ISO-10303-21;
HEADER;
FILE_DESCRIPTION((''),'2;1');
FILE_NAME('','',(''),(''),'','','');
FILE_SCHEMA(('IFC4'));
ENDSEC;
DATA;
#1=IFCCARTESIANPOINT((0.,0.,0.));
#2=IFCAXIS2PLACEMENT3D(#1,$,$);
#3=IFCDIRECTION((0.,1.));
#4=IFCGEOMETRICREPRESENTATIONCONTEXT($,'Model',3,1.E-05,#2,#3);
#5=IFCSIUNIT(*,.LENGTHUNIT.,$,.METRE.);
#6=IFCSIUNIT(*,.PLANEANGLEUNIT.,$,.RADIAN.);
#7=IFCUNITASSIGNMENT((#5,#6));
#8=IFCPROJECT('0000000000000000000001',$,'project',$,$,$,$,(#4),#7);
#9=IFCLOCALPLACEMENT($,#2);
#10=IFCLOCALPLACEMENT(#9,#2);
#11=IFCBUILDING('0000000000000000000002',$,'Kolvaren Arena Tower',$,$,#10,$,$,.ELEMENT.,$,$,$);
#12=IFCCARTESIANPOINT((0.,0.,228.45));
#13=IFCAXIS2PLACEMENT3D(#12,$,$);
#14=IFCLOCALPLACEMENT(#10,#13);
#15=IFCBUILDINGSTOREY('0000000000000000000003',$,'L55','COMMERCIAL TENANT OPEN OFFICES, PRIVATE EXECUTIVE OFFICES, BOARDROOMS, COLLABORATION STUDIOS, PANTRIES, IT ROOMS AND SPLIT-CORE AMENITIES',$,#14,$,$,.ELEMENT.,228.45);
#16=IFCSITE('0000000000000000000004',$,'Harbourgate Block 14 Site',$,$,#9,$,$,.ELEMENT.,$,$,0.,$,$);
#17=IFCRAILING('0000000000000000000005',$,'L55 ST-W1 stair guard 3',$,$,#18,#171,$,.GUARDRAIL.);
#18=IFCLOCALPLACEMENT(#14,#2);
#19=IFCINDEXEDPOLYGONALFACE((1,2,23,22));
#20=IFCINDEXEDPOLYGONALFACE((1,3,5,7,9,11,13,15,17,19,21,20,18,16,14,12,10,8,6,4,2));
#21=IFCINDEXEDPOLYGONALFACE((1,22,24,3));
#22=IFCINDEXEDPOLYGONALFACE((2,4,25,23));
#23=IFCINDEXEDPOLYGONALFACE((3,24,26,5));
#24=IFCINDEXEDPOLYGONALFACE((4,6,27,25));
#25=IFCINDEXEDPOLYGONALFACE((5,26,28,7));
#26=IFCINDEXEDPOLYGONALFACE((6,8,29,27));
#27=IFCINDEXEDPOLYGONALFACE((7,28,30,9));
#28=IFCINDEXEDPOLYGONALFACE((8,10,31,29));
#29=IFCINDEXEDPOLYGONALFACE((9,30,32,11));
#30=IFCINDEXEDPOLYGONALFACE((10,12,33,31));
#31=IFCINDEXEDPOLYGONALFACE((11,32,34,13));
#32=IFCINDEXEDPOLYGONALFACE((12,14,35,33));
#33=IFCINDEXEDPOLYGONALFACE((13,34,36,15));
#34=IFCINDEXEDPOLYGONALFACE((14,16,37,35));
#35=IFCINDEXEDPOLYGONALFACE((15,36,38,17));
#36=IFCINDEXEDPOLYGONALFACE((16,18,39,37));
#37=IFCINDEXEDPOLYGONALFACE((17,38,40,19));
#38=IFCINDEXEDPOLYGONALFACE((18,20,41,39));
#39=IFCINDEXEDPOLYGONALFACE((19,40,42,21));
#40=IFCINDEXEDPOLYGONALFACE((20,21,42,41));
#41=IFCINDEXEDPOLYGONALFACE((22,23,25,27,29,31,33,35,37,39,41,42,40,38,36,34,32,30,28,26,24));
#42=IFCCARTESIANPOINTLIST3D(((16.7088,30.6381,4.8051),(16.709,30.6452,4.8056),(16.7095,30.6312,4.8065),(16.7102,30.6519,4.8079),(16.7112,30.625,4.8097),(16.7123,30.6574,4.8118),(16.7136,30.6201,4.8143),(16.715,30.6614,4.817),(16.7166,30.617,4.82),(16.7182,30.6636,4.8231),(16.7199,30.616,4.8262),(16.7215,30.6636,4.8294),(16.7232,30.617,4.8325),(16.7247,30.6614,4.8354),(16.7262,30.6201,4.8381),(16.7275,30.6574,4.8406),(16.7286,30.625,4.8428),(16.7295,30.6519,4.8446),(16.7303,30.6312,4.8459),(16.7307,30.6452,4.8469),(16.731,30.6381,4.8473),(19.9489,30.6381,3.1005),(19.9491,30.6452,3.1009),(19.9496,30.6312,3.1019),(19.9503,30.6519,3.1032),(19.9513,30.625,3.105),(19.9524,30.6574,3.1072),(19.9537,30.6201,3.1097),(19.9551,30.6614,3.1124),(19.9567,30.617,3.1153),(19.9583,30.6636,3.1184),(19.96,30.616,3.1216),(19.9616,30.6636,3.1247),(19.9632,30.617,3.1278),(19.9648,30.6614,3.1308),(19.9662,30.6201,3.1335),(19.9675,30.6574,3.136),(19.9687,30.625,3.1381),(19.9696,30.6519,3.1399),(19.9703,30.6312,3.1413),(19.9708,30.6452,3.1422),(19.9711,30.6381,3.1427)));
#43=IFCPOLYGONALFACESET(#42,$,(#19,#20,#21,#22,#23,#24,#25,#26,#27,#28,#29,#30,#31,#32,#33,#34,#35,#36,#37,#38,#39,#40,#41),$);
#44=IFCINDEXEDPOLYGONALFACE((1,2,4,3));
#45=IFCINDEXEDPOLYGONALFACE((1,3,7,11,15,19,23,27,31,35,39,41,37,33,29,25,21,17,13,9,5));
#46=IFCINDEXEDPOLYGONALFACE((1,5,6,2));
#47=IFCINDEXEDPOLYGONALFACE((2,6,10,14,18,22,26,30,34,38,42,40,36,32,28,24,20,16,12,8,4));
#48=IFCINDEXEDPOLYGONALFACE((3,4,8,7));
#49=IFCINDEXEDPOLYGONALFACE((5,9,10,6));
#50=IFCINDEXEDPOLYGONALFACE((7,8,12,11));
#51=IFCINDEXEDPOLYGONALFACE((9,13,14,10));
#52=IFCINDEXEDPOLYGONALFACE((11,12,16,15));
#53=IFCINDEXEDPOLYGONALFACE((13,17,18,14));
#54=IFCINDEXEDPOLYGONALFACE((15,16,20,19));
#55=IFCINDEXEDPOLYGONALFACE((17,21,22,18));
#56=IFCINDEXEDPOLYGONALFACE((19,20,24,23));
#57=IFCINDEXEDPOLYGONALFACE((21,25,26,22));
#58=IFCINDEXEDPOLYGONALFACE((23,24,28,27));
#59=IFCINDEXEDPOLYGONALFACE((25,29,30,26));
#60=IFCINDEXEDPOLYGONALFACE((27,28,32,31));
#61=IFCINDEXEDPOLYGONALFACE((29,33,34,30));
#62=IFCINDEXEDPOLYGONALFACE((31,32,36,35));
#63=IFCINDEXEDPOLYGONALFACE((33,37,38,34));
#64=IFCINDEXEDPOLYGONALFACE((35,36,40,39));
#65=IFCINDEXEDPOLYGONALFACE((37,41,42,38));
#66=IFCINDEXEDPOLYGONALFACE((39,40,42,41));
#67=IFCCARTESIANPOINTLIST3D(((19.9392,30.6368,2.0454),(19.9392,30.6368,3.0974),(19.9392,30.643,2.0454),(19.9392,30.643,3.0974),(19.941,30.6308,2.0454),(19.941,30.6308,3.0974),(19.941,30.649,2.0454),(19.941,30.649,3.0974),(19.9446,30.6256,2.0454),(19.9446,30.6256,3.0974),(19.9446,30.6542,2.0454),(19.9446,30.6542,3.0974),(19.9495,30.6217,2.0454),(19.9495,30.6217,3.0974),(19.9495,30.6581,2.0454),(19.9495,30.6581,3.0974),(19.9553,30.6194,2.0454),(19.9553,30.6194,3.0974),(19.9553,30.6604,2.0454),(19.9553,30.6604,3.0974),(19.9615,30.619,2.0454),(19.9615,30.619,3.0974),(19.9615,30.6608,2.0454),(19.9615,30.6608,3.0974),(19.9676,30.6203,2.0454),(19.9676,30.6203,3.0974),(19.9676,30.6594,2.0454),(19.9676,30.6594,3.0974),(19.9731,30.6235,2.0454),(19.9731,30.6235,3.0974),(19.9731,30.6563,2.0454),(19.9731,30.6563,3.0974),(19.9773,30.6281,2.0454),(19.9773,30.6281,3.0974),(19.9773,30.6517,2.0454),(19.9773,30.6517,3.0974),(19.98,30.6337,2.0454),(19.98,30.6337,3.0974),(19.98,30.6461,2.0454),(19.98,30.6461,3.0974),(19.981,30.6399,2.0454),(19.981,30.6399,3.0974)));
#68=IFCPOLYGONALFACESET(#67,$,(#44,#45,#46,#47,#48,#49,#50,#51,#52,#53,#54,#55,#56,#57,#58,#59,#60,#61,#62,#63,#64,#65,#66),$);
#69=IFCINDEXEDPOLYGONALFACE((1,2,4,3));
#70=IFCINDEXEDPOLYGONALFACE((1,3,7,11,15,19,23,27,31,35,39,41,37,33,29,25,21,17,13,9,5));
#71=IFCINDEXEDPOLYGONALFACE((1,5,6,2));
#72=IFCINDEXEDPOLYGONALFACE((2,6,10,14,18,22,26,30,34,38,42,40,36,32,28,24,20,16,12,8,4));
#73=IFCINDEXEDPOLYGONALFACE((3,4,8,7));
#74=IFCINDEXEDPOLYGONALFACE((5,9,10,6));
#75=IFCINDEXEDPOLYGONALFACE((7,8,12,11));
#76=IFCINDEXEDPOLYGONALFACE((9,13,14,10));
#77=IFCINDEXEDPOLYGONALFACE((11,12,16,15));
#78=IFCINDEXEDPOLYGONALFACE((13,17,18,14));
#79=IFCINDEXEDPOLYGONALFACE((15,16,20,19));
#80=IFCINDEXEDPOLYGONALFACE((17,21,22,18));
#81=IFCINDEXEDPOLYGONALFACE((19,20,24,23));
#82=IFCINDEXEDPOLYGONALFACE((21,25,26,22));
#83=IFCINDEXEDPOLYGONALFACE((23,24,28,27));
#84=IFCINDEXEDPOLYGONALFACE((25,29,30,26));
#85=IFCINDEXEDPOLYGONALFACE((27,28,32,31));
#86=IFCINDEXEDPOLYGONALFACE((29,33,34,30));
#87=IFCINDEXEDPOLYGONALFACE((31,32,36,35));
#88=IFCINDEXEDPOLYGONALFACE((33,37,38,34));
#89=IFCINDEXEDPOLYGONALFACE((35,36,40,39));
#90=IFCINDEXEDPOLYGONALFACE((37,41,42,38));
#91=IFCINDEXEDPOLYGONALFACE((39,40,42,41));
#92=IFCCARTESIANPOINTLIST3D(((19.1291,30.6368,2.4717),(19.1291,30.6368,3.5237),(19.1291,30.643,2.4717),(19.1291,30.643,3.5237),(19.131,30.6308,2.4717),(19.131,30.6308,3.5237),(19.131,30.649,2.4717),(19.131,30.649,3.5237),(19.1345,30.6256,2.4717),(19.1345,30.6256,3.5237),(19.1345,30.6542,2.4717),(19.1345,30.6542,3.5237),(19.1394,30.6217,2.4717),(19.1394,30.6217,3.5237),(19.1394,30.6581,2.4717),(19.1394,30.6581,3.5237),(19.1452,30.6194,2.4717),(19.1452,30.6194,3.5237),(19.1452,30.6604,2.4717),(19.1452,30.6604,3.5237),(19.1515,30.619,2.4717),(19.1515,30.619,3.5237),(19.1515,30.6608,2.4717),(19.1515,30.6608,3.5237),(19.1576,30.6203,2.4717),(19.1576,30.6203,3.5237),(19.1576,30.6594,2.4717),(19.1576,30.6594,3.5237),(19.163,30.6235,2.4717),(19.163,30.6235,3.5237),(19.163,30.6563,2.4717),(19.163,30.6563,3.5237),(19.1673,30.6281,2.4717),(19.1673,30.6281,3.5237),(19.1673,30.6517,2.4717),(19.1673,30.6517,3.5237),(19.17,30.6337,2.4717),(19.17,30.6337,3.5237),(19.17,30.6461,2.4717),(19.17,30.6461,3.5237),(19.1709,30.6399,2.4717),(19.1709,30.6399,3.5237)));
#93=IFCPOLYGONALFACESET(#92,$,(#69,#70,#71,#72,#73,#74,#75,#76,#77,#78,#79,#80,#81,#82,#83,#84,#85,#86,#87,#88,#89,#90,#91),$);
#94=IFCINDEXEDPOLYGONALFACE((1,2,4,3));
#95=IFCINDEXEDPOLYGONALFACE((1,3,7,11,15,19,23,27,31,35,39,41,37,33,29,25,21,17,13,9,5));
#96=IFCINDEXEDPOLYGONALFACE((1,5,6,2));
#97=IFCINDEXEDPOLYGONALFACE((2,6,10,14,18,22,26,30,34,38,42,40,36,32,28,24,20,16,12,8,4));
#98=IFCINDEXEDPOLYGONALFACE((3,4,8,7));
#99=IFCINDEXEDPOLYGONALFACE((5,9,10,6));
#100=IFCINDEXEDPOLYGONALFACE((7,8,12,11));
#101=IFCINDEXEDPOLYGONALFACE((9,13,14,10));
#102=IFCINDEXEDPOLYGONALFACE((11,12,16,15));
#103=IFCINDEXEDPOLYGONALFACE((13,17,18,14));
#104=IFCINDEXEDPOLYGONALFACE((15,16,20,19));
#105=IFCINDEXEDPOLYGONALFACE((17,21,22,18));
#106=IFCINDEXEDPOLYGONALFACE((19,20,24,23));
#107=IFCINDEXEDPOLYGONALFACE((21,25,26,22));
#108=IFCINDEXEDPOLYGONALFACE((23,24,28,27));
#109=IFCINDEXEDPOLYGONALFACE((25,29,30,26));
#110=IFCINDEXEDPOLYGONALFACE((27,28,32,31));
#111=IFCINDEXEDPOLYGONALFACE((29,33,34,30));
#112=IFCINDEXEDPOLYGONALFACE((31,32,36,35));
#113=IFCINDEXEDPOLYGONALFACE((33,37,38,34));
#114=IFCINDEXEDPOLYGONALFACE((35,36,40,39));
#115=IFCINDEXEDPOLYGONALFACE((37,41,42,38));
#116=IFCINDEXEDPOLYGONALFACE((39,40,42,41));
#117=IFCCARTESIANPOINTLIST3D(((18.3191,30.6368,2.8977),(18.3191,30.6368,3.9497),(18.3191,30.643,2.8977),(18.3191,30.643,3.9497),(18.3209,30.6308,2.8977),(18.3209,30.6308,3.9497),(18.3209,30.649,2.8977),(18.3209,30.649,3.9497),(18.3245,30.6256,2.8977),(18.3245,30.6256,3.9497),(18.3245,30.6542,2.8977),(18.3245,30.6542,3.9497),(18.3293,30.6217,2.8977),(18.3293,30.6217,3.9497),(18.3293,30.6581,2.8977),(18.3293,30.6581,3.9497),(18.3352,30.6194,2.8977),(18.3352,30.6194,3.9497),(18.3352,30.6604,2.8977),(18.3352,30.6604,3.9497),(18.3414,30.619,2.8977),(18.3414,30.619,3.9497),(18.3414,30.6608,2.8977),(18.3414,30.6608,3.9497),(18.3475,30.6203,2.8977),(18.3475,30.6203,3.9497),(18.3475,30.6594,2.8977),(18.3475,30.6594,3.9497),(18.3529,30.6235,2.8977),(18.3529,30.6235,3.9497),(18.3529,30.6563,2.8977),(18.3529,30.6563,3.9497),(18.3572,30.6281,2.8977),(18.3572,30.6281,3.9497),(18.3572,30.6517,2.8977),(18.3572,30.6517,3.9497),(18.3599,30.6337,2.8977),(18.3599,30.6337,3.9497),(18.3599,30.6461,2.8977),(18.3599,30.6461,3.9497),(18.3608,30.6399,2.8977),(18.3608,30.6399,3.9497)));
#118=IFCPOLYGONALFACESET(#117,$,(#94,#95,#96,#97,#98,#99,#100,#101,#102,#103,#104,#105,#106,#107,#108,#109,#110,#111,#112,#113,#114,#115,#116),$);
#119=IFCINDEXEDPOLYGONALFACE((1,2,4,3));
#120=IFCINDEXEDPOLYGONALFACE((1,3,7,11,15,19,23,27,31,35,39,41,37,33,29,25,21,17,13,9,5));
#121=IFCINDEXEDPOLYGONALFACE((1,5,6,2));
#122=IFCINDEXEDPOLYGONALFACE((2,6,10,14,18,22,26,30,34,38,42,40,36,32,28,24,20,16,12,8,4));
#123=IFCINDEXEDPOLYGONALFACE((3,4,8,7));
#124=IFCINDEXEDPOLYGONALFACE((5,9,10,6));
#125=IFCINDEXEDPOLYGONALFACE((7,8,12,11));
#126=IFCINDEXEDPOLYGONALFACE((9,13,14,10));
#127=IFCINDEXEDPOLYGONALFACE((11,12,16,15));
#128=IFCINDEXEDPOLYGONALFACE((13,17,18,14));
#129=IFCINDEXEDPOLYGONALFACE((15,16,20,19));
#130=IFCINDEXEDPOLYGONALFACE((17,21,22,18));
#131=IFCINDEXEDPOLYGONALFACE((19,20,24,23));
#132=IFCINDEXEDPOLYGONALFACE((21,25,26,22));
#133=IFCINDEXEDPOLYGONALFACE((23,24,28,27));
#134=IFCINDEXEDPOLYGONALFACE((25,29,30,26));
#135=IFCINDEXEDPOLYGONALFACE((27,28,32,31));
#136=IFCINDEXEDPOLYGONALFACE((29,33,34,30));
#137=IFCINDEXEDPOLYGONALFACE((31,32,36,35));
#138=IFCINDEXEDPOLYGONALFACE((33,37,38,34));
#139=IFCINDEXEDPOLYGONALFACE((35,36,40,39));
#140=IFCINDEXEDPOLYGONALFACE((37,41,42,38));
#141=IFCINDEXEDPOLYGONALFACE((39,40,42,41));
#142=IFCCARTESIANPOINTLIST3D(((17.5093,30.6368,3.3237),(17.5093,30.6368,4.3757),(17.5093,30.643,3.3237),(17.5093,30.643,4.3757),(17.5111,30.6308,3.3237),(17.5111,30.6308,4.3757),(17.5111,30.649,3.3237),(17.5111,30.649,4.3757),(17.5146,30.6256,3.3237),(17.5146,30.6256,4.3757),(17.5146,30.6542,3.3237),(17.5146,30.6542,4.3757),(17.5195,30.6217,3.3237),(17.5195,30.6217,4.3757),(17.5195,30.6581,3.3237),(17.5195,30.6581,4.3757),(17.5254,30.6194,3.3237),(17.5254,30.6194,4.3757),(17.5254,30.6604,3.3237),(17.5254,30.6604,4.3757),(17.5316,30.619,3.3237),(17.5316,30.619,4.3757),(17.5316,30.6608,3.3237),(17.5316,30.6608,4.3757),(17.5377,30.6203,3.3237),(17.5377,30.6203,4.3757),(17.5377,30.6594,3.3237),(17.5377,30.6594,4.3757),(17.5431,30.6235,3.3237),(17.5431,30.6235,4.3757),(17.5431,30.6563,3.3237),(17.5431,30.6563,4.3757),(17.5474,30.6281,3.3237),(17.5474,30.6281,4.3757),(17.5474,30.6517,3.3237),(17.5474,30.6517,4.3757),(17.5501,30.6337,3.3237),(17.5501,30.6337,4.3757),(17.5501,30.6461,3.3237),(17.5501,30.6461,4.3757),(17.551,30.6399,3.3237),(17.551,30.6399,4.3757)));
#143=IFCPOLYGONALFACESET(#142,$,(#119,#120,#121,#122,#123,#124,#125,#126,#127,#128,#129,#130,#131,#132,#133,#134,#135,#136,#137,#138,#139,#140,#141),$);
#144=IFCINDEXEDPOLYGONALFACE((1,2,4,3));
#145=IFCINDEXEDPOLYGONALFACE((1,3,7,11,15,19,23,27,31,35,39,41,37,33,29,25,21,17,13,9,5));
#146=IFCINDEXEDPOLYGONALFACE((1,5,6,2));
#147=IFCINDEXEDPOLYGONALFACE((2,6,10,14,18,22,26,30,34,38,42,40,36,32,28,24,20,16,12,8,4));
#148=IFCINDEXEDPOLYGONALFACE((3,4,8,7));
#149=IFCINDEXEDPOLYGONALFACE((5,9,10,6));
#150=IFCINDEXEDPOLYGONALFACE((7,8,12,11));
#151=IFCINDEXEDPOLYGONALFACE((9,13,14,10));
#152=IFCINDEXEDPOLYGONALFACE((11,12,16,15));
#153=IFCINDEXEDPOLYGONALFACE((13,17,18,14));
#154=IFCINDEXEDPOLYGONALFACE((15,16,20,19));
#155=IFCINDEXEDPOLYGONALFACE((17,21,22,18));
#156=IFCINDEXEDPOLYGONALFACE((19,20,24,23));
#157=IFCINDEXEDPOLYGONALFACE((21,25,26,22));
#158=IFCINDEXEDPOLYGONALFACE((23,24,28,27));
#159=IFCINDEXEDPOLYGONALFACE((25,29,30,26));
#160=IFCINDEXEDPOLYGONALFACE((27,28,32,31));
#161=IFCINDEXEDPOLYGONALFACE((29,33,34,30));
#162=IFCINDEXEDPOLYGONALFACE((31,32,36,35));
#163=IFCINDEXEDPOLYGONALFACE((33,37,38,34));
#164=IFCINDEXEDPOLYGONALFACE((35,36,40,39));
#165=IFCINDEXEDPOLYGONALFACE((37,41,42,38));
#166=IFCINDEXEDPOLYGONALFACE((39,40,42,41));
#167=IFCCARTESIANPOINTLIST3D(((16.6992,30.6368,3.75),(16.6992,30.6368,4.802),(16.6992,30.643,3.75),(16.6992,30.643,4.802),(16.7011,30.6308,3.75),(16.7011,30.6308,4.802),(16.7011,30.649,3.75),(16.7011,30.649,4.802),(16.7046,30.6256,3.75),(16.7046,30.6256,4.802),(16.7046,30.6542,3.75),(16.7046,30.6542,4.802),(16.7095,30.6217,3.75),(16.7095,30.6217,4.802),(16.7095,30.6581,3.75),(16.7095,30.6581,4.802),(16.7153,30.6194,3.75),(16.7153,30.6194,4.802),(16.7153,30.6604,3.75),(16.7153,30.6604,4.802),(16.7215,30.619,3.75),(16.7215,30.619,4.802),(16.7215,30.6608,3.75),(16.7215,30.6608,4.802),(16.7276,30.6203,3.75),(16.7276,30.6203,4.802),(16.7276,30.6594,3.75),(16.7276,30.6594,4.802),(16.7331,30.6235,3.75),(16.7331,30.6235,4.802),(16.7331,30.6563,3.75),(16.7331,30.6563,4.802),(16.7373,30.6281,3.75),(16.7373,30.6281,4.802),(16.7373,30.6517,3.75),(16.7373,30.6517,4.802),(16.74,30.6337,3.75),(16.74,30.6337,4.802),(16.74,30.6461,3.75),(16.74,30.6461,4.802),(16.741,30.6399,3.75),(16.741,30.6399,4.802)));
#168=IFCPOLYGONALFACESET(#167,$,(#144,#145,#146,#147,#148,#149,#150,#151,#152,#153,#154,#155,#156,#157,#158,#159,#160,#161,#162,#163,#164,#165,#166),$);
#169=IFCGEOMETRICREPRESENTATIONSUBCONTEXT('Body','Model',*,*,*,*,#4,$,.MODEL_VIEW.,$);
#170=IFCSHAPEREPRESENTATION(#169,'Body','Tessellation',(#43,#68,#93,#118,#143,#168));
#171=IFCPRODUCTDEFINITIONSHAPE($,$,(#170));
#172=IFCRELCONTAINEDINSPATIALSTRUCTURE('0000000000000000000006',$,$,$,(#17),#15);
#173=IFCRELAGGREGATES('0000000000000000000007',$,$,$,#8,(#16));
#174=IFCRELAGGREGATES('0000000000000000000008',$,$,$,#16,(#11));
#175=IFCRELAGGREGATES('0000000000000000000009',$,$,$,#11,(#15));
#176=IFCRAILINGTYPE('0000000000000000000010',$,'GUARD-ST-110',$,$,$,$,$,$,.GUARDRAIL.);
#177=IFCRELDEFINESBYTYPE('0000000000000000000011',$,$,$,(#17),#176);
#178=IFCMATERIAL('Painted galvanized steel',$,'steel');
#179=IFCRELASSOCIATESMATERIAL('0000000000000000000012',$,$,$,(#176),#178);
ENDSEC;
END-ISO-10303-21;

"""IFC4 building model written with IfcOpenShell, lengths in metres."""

from ifc_helpers import new_model, si_unit, direction, frame, origin, origin_2d, place, context, subcontext, project, spatial, circle, extrude, material, type_object, element, save


model = new_model("IFC4")

# Units and contexts
model_context = context("Model", 3, precision=1e-05, world=origin(), true_north=direction((0.0, 1.0)))
body_context = subcontext(model_context, "Body", "Model", "MODEL_VIEW")
ifc_project = project(units=[si_unit("LENGTHUNIT", "METRE"), si_unit("PLANEANGLEUNIT", "RADIAN")], contexts=[model_context])

# Site, building, storey
site_placement = place(None, origin())
site = spatial("IfcSite", under=ifc_project, at=site_placement, Name="Harbourgate Block 14 Site", CompositionType="ELEMENT", RefElevation=0.0)
building_placement = place(site_placement, origin())
building = spatial("IfcBuilding", under=site, at=building_placement, Name="Kolvaren Arena Tower", CompositionType="ELEMENT")
storey_placement = place(building_placement, frame((0.0, 0.0, 228.45)))
storey = spatial("IfcBuildingStorey", under=building, at=storey_placement, Name="L55", Description="COMMERCIAL TENANT OPEN OFFICES, PRIVATE EXECUTIVE OFFICES, BOARDROOMS, COLLABORATION STUDIOS, PANTRIES, IT ROOMS AND SPLIT-CORE AMENITIES", CompositionType="ELEMENT", Elevation=228.45)

# Railing
ifc_material_1 = material(Name="Painted galvanized steel", Category="steel")
railing_type_1 = type_object("IfcRailingType", Name="GUARD-ST-110", PredefinedType="GUARDRAIL", material=ifc_material_1)
railing_1_placement = place(storey_placement, frame((19.96, 30.6399, 2.0454)))
element("IfcRailing", 1, at=railing_1_placement, inside=storey, type_object=railing_type_1, Name="L55 ST-W1 stair guard 3", PredefinedType="GUARDRAIL", context=body_context, shape_type="SweptSolid", body=[
    extrude(circle(Radius=0.0239, at=origin_2d()), frame((0.0, 0.0, 1.0762), z_axis=(-0.884993, 0.0, 0.465604), x_axis=(0.0, -1.0, 0.0)), (0.0, 0.0, 1.0), 3.6611),
    extrude(circle(Radius=0.021, at=origin_2d()), origin(), (0.0, 0.0, 1.0), 1.052),
    extrude(circle(Radius=0.021, at=origin_2d()), frame((-0.8101, 0.0, 0.4263)), (0.0, 0.0, 1.0), 1.052),
    extrude(circle(Radius=0.021, at=origin_2d()), frame((-1.6201, 0.0, 0.8523)), (0.0, 0.0, 1.0), 1.052),
    extrude(circle(Radius=0.021, at=origin_2d()), frame((-2.4299, 0.0, 1.2783)), (0.0, 0.0, 1.0), 1.052),
    extrude(circle(Radius=0.021, at=origin_2d()), frame((-3.24, 0.0, 1.7046)), (0.0, 0.0, 1.0), 1.052),
])

save(model, "model.ifc")
